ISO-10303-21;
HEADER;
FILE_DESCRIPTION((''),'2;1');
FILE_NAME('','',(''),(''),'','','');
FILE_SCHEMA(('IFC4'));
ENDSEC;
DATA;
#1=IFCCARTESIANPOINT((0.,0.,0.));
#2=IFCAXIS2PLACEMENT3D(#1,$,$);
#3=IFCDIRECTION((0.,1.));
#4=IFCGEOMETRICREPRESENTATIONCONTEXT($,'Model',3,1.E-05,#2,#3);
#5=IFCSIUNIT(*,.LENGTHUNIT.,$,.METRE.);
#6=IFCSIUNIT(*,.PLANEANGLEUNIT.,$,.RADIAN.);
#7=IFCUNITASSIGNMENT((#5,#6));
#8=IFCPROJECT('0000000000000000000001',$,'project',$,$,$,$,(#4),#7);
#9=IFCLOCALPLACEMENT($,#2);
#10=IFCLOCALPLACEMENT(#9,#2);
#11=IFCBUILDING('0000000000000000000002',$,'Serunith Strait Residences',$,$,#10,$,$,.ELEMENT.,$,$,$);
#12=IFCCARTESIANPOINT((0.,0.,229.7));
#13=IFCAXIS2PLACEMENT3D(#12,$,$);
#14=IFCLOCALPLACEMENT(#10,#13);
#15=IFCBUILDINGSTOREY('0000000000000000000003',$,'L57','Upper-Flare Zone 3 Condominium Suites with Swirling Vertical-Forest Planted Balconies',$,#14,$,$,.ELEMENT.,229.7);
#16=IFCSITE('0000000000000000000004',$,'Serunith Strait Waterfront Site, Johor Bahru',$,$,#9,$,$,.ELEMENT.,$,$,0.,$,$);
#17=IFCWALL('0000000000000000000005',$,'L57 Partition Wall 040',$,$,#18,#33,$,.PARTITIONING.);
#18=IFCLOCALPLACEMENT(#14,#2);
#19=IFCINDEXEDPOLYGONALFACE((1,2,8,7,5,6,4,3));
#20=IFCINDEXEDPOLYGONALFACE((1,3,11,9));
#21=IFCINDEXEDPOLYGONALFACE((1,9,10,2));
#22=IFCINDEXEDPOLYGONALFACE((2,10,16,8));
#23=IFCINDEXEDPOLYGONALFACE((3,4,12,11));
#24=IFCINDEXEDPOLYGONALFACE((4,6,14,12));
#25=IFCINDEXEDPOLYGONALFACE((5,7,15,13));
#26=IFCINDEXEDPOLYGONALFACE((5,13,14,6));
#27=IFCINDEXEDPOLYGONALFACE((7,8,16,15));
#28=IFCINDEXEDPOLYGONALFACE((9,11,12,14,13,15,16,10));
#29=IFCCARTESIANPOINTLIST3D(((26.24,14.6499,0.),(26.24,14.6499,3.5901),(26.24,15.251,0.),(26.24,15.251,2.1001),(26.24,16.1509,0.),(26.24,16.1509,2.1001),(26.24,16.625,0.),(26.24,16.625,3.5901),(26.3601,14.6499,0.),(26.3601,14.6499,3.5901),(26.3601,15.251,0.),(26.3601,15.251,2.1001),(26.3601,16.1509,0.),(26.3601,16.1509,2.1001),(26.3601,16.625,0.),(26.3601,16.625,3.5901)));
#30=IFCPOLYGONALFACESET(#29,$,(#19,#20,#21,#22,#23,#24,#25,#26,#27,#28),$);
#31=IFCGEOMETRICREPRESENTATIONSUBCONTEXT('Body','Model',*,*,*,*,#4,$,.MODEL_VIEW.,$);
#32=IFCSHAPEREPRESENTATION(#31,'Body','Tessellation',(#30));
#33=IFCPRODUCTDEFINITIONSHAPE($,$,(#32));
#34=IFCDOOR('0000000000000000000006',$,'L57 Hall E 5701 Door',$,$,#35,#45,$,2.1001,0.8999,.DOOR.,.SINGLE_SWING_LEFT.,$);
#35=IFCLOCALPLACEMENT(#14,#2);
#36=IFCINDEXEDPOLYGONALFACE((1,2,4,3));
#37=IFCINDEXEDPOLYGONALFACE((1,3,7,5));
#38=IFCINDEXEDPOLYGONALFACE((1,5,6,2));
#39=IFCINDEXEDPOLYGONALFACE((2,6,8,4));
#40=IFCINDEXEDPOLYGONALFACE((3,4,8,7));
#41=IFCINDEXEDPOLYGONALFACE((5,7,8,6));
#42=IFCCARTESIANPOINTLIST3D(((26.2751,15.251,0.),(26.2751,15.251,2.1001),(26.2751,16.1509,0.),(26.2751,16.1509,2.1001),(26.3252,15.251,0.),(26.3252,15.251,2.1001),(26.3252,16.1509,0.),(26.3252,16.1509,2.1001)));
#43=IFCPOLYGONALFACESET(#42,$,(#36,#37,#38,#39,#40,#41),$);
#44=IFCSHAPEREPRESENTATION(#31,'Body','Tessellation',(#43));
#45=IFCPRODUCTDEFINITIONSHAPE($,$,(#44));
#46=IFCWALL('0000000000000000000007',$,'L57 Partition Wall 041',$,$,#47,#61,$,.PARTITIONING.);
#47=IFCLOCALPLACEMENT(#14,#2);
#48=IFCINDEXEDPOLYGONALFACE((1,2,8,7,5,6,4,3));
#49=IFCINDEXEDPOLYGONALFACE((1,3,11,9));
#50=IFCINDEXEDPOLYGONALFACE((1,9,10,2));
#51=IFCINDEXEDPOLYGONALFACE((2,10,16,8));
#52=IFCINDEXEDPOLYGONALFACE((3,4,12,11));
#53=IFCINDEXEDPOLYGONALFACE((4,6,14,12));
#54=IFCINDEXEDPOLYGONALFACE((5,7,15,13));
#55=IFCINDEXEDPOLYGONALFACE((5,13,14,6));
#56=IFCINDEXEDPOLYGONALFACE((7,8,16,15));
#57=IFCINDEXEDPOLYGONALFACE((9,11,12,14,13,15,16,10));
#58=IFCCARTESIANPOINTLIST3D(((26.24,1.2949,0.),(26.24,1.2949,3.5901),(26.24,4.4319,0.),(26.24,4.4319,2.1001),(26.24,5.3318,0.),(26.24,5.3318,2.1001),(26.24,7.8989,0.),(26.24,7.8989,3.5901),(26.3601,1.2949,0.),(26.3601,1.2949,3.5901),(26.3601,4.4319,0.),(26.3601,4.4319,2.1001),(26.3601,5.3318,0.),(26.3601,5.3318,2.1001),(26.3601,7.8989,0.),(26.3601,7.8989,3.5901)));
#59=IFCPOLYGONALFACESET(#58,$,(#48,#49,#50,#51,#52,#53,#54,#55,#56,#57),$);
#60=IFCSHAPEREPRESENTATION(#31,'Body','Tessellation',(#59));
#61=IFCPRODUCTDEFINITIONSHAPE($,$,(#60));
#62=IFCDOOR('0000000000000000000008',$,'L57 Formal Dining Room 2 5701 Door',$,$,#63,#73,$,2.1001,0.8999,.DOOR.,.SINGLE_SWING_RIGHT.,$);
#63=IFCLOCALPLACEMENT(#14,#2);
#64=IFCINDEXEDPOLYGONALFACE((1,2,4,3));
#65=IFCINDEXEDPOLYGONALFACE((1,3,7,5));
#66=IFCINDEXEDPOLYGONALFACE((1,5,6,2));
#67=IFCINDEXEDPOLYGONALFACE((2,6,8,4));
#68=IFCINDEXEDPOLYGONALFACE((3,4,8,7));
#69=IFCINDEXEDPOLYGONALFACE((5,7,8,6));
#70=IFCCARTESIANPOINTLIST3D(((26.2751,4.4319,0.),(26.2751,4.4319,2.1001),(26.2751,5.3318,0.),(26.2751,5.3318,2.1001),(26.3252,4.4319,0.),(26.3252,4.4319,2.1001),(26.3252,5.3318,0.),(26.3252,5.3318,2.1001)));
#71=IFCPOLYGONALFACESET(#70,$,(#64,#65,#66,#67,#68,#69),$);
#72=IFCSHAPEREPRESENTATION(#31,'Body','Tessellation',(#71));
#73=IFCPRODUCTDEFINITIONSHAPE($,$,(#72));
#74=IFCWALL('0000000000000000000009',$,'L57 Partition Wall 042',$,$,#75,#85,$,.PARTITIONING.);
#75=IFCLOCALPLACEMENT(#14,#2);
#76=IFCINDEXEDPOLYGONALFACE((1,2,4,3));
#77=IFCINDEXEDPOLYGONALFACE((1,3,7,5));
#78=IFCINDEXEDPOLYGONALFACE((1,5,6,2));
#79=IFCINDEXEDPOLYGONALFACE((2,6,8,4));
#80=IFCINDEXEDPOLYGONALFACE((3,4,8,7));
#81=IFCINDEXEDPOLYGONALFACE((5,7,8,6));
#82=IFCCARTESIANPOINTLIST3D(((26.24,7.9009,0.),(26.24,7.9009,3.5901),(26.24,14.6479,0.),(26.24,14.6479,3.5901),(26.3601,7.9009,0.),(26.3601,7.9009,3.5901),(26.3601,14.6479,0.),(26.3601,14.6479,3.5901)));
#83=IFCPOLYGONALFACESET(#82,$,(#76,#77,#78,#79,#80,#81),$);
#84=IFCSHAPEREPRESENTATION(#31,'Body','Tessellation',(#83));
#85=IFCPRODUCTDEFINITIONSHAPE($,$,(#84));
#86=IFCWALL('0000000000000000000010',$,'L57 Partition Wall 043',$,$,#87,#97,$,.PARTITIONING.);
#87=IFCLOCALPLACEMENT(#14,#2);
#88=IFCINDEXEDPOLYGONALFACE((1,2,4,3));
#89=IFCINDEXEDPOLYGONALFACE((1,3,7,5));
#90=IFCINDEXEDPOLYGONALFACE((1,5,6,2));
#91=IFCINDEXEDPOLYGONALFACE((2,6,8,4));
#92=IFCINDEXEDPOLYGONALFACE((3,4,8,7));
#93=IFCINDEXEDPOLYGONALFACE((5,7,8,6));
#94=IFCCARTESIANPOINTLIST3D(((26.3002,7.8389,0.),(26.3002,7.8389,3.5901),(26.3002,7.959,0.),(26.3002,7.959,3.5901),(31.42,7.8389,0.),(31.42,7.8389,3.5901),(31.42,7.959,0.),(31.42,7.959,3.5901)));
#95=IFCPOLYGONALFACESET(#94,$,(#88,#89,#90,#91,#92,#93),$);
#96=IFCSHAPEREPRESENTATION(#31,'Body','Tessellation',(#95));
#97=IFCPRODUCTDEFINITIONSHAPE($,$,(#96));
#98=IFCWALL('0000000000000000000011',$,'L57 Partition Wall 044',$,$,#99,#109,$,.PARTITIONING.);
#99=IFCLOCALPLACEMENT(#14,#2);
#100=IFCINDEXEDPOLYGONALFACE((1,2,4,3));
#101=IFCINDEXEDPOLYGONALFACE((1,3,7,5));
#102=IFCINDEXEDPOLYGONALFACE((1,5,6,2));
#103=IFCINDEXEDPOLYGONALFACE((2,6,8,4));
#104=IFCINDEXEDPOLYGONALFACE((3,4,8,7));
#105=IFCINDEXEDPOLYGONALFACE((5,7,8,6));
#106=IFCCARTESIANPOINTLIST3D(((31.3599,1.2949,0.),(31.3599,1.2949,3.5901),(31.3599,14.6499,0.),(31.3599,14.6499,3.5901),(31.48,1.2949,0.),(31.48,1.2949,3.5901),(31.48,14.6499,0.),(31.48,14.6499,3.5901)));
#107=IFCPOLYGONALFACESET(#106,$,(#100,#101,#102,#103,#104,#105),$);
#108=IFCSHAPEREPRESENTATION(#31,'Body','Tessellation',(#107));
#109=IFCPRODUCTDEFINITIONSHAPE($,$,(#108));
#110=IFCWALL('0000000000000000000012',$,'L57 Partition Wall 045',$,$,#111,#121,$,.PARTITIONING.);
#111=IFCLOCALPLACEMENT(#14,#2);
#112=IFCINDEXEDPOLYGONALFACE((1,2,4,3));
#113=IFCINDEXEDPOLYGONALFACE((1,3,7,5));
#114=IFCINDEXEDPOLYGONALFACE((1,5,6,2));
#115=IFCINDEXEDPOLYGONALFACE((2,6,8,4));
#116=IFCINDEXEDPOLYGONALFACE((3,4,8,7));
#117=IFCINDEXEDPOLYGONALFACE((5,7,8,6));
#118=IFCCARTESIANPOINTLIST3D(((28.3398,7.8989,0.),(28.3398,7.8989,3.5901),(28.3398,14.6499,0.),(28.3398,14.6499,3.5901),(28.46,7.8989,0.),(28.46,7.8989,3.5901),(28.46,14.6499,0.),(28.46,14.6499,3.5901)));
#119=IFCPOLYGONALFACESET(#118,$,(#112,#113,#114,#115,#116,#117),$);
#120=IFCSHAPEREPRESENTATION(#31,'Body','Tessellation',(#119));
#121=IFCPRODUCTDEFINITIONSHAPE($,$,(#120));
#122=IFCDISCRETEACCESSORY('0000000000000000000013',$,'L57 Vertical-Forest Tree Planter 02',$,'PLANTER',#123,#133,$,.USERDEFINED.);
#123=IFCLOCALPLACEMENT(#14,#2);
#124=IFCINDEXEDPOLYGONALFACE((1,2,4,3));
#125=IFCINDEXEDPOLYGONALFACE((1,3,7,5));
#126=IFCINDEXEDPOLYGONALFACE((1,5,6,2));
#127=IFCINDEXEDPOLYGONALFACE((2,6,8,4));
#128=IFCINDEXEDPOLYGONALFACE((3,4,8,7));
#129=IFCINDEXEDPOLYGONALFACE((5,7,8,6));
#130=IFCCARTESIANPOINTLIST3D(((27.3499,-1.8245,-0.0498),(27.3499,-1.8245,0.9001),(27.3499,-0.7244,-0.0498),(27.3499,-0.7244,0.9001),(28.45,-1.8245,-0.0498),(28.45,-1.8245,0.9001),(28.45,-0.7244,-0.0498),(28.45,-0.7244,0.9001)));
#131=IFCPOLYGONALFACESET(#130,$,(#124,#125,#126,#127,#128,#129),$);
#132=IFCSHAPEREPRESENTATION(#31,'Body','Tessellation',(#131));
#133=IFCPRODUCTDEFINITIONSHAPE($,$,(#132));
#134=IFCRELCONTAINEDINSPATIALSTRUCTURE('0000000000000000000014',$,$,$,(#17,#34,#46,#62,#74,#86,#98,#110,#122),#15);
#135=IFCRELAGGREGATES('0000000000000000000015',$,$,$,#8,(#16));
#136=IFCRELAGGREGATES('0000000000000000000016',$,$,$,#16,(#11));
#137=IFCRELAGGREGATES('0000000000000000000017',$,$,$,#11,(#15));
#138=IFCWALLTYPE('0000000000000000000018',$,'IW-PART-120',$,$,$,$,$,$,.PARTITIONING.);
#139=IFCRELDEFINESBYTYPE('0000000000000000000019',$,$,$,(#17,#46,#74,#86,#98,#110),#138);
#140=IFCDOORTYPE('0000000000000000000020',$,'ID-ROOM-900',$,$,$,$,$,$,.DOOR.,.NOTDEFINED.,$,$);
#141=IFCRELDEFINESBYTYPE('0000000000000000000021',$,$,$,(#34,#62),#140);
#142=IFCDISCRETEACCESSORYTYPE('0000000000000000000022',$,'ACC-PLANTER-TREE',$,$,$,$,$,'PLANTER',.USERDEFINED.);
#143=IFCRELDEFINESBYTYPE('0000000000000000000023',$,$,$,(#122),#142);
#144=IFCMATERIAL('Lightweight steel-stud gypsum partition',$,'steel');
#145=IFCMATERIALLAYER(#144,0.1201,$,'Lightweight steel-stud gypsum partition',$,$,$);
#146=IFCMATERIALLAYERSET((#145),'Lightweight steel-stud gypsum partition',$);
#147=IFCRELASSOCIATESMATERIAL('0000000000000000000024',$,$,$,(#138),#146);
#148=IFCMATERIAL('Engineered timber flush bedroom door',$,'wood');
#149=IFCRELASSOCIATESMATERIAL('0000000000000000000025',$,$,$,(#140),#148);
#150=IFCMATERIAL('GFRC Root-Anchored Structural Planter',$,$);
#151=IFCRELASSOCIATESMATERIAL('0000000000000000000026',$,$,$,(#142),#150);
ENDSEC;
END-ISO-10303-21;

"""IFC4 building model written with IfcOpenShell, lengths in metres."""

from ifc_helpers import new_model, si_unit, direction, frame, frame_2d, origin, origin_2d, place, context, subcontext, project, spatial, rectangle, extrude, source, transform, mapped, material, layer, layer_set, type_object, element, fill, save


model = new_model("IFC4")

# Units and contexts
model_context = context("Model", 3, precision=1e-05, world=origin(), true_north=direction((0.0, 1.0)))
body_context = subcontext(model_context, "Body", "Model", "MODEL_VIEW")
ifc_project = project(units=[si_unit("LENGTHUNIT", "METRE"), si_unit("PLANEANGLEUNIT", "RADIAN")], contexts=[model_context])

# Site, building, storey
site_placement = place(None, origin())
site = spatial("IfcSite", under=ifc_project, at=site_placement, Name="Serunith Strait Waterfront Site, Johor Bahru", CompositionType="ELEMENT", RefElevation=0.0)
building_placement = place(site_placement, origin())
building = spatial("IfcBuilding", under=site, at=building_placement, Name="Serunith Strait Residences", CompositionType="ELEMENT")
storey_placement = place(building_placement, frame((0.0, 0.0, 229.7)))
storey = spatial("IfcBuildingStorey", under=building, at=storey_placement, Name="L57", Description="Upper-Flare Zone 3 Condominium Suites with Swirling Vertical-Forest Planted Balconies", CompositionType="ELEMENT", Elevation=229.7)

# Shared definitions
ifc_material_1 = material(Name="Lightweight steel-stud gypsum partition", Category="steel")
ifc_layer_1 = layer(ifc_material_1, 0.1201, Name="Lightweight steel-stud gypsum partition")
ifc_layer_set_1 = layer_set([ifc_layer_1], Name="Lightweight steel-stud gypsum partition")
wall_type = type_object("IfcWallType", Name="IW-PART-120", PredefinedType="PARTITIONING", material=ifc_layer_set_1)

# Walls, openings, doors
wall_1_placement = place(storey_placement, frame((26.3, 14.6499, 0.0), z_axis=(0.0, 0.0, 1.0), x_axis=(0.0, 1.0, 0.0)))
wall_1 = element("IfcWall", 1, at=wall_1_placement, inside=storey, type_object=wall_type, Name="L57 Partition Wall 040", PredefinedType="PARTITIONING", context=body_context, shape_type="SweptSolid", body=[
    extrude(rectangle(XDim=1.9751, YDim=0.1201, at=frame_2d((0.9875, 0.0))), origin(), (0.0, 0.0, 1.0), 3.5901),
])
opening_1_placement = place(wall_1_placement, frame((0.6011, 0.0, 0.0)))
opening_1 = element("IfcOpeningElement", 2, at=opening_1_placement, cuts=wall_1, PredefinedType="OPENING", context=body_context, shape_type="SweptSolid", body=[
    extrude(rectangle(XDim=0.8999, YDim=2.1001, at=frame_2d((0.45, 1.05))), frame((0.0, 0.0701, 0.0), z_axis=(0.0, -1.0, 0.0), x_axis=(1.0, 0.0, 0.0)), (0.0, 0.0, 1.0), 0.1401),
])
ifc_material_2 = material(Name="Engineered timber flush bedroom door", Category="wood")
door_type = type_object("IfcDoorType", Name="ID-ROOM-900", OperationType="NOTDEFINED", PredefinedType="DOOR", material=ifc_material_2)
shared_shape_1 = source(origin(), body_context, "Body", "SweptSolid", [
    extrude(rectangle(XDim=0.8999, YDim=2.1001, at=frame_2d((0.45, 1.05))), frame((0.0, 0.0249, 0.0), z_axis=(0.0, -1.0, 0.0), x_axis=(1.0, 0.0, 0.0)), (0.0, 0.0, 1.0), 0.05),
])
door_1_placement = place(opening_1_placement, origin())
door_1 = element("IfcDoor", 3, at=door_1_placement, inside=storey, type_object=door_type, Name="L57 Hall E 5701 Door", OperationType="SINGLE_SWING_LEFT", OverallHeight=2.1001, OverallWidth=0.8999, PredefinedType="DOOR", context=body_context, shape_type="MappedRepresentation", body=[
    mapped(shared_shape_1, transform((0.0, 0.0, 0.0), scale=1.0)),
])
fill(opening_1, door_1)
wall_2_placement = place(storey_placement, frame((26.3, 1.2949, 0.0), z_axis=(0.0, 0.0, 1.0), x_axis=(0.0, 1.0, 0.0)))
wall_2 = element("IfcWall", 4, at=wall_2_placement, inside=storey, type_object=wall_type, Name="L57 Partition Wall 041", PredefinedType="PARTITIONING", context=body_context, shape_type="SweptSolid", body=[
    extrude(rectangle(XDim=6.604, YDim=0.1201, at=frame_2d((3.302, 0.0))), origin(), (0.0, 0.0, 1.0), 3.5901),
])
opening_2_placement = place(wall_2_placement, frame((3.137, 0.0, 0.0)))
opening_2 = element("IfcOpeningElement", 5, at=opening_2_placement, cuts=wall_2, PredefinedType="OPENING", context=body_context, shape_type="SweptSolid", body=[
    extrude(rectangle(XDim=0.8999, YDim=2.1001, at=frame_2d((0.45, 1.05))), frame((0.0, 0.0701, 0.0), z_axis=(0.0, -1.0, 0.0), x_axis=(1.0, 0.0, 0.0)), (0.0, 0.0, 1.0), 0.1401),
])
door_2_placement = place(opening_2_placement, origin())
door_2 = element("IfcDoor", 6, at=door_2_placement, inside=storey, type_object=door_type, Name="L57 Formal Dining Room 2 5701 Door", OperationType="SINGLE_SWING_RIGHT", OverallHeight=2.1001, OverallWidth=0.8999, PredefinedType="DOOR", context=body_context, shape_type="MappedRepresentation", body=[
    mapped(shared_shape_1, transform((0.0, 0.0, 0.0), scale=1.0)),
])
fill(opening_2, door_2)

# Walls
wall_3_placement = place(storey_placement, frame((26.3, 7.9009, 0.0), z_axis=(0.0, 0.0, 1.0), x_axis=(0.0, 1.0, 0.0)))
element("IfcWall", 7, at=wall_3_placement, inside=storey, type_object=wall_type, Name="L57 Partition Wall 042", PredefinedType="PARTITIONING", context=body_context, shape_type="SweptSolid", body=[
    extrude(rectangle(XDim=6.7471, YDim=0.1201, at=frame_2d((3.3735, 0.0))), origin(), (0.0, 0.0, 1.0), 3.5901),
])
wall_4_placement = place(storey_placement, frame((26.3, 7.8989, 0.0), z_axis=(0.0, 0.0, 1.0), x_axis=(1.0, 0.0, 0.0)))
element("IfcWall", 8, at=wall_4_placement, inside=storey, type_object=wall_type, Name="L57 Partition Wall 043", PredefinedType="PARTITIONING", context=body_context, shape_type="SweptSolid", body=[
    extrude(rectangle(XDim=5.1199, YDim=0.1201, at=frame_2d((2.5601, 0.0))), origin(), (0.0, 0.0, 1.0), 3.5901),
])
wall_5_placement = place(storey_placement, frame((31.4199, 1.2949, 0.0), z_axis=(0.0, 0.0, 1.0), x_axis=(0.0, 1.0, 0.0)))
element("IfcWall", 9, at=wall_5_placement, inside=storey, type_object=wall_type, Name="L57 Partition Wall 044", PredefinedType="PARTITIONING", context=body_context, shape_type="SweptSolid", body=[
    extrude(rectangle(XDim=13.355, YDim=0.1201, at=frame_2d((6.6775, 0.0))), origin(), (0.0, 0.0, 1.0), 3.5901),
])
wall_6_placement = place(storey_placement, frame((28.3999, 7.8989, 0.0), z_axis=(0.0, 0.0, 1.0), x_axis=(0.0, 1.0, 0.0)))
element("IfcWall", 10, at=wall_6_placement, inside=storey, type_object=wall_type, Name="L57 Partition Wall 045", PredefinedType="PARTITIONING", context=body_context, shape_type="SweptSolid", body=[
    extrude(rectangle(XDim=6.751, YDim=0.1201, at=frame_2d((3.3755, 0.0))), origin(), (0.0, 0.0, 1.0), 3.5901),
])

# Discrete accessory
ifc_material_3 = material(Name="GFRC Root-Anchored Structural Planter")
discrete_accessory_type = type_object("IfcDiscreteAccessoryType", Name="ACC-PLANTER-TREE", ElementType="PLANTER", PredefinedType="USERDEFINED", material=ifc_material_3)
shared_shape_2 = source(origin(), body_context, "Body", "SweptSolid", [
    extrude(rectangle(XDim=1.1001, YDim=1.1001, at=origin_2d()), origin(), (0.0, 0.0, 1.0), 0.95),
])
discrete_accessory_placement = place(storey_placement, frame((27.8999, -1.2744, -0.0498), z_axis=(0.0, 0.0, 1.0), x_axis=(1.0, 0.0, 0.0)))
element("IfcDiscreteAccessory", 11, at=discrete_accessory_placement, inside=storey, type_object=discrete_accessory_type, Name="L57 Vertical-Forest Tree Planter 02", ObjectType="PLANTER", PredefinedType="USERDEFINED", context=body_context, shape_type="MappedRepresentation", body=[
    mapped(shared_shape_2, transform((0.0, 0.0, 0.0), scale=1.0)),
])

save(model, "model.ifc")
